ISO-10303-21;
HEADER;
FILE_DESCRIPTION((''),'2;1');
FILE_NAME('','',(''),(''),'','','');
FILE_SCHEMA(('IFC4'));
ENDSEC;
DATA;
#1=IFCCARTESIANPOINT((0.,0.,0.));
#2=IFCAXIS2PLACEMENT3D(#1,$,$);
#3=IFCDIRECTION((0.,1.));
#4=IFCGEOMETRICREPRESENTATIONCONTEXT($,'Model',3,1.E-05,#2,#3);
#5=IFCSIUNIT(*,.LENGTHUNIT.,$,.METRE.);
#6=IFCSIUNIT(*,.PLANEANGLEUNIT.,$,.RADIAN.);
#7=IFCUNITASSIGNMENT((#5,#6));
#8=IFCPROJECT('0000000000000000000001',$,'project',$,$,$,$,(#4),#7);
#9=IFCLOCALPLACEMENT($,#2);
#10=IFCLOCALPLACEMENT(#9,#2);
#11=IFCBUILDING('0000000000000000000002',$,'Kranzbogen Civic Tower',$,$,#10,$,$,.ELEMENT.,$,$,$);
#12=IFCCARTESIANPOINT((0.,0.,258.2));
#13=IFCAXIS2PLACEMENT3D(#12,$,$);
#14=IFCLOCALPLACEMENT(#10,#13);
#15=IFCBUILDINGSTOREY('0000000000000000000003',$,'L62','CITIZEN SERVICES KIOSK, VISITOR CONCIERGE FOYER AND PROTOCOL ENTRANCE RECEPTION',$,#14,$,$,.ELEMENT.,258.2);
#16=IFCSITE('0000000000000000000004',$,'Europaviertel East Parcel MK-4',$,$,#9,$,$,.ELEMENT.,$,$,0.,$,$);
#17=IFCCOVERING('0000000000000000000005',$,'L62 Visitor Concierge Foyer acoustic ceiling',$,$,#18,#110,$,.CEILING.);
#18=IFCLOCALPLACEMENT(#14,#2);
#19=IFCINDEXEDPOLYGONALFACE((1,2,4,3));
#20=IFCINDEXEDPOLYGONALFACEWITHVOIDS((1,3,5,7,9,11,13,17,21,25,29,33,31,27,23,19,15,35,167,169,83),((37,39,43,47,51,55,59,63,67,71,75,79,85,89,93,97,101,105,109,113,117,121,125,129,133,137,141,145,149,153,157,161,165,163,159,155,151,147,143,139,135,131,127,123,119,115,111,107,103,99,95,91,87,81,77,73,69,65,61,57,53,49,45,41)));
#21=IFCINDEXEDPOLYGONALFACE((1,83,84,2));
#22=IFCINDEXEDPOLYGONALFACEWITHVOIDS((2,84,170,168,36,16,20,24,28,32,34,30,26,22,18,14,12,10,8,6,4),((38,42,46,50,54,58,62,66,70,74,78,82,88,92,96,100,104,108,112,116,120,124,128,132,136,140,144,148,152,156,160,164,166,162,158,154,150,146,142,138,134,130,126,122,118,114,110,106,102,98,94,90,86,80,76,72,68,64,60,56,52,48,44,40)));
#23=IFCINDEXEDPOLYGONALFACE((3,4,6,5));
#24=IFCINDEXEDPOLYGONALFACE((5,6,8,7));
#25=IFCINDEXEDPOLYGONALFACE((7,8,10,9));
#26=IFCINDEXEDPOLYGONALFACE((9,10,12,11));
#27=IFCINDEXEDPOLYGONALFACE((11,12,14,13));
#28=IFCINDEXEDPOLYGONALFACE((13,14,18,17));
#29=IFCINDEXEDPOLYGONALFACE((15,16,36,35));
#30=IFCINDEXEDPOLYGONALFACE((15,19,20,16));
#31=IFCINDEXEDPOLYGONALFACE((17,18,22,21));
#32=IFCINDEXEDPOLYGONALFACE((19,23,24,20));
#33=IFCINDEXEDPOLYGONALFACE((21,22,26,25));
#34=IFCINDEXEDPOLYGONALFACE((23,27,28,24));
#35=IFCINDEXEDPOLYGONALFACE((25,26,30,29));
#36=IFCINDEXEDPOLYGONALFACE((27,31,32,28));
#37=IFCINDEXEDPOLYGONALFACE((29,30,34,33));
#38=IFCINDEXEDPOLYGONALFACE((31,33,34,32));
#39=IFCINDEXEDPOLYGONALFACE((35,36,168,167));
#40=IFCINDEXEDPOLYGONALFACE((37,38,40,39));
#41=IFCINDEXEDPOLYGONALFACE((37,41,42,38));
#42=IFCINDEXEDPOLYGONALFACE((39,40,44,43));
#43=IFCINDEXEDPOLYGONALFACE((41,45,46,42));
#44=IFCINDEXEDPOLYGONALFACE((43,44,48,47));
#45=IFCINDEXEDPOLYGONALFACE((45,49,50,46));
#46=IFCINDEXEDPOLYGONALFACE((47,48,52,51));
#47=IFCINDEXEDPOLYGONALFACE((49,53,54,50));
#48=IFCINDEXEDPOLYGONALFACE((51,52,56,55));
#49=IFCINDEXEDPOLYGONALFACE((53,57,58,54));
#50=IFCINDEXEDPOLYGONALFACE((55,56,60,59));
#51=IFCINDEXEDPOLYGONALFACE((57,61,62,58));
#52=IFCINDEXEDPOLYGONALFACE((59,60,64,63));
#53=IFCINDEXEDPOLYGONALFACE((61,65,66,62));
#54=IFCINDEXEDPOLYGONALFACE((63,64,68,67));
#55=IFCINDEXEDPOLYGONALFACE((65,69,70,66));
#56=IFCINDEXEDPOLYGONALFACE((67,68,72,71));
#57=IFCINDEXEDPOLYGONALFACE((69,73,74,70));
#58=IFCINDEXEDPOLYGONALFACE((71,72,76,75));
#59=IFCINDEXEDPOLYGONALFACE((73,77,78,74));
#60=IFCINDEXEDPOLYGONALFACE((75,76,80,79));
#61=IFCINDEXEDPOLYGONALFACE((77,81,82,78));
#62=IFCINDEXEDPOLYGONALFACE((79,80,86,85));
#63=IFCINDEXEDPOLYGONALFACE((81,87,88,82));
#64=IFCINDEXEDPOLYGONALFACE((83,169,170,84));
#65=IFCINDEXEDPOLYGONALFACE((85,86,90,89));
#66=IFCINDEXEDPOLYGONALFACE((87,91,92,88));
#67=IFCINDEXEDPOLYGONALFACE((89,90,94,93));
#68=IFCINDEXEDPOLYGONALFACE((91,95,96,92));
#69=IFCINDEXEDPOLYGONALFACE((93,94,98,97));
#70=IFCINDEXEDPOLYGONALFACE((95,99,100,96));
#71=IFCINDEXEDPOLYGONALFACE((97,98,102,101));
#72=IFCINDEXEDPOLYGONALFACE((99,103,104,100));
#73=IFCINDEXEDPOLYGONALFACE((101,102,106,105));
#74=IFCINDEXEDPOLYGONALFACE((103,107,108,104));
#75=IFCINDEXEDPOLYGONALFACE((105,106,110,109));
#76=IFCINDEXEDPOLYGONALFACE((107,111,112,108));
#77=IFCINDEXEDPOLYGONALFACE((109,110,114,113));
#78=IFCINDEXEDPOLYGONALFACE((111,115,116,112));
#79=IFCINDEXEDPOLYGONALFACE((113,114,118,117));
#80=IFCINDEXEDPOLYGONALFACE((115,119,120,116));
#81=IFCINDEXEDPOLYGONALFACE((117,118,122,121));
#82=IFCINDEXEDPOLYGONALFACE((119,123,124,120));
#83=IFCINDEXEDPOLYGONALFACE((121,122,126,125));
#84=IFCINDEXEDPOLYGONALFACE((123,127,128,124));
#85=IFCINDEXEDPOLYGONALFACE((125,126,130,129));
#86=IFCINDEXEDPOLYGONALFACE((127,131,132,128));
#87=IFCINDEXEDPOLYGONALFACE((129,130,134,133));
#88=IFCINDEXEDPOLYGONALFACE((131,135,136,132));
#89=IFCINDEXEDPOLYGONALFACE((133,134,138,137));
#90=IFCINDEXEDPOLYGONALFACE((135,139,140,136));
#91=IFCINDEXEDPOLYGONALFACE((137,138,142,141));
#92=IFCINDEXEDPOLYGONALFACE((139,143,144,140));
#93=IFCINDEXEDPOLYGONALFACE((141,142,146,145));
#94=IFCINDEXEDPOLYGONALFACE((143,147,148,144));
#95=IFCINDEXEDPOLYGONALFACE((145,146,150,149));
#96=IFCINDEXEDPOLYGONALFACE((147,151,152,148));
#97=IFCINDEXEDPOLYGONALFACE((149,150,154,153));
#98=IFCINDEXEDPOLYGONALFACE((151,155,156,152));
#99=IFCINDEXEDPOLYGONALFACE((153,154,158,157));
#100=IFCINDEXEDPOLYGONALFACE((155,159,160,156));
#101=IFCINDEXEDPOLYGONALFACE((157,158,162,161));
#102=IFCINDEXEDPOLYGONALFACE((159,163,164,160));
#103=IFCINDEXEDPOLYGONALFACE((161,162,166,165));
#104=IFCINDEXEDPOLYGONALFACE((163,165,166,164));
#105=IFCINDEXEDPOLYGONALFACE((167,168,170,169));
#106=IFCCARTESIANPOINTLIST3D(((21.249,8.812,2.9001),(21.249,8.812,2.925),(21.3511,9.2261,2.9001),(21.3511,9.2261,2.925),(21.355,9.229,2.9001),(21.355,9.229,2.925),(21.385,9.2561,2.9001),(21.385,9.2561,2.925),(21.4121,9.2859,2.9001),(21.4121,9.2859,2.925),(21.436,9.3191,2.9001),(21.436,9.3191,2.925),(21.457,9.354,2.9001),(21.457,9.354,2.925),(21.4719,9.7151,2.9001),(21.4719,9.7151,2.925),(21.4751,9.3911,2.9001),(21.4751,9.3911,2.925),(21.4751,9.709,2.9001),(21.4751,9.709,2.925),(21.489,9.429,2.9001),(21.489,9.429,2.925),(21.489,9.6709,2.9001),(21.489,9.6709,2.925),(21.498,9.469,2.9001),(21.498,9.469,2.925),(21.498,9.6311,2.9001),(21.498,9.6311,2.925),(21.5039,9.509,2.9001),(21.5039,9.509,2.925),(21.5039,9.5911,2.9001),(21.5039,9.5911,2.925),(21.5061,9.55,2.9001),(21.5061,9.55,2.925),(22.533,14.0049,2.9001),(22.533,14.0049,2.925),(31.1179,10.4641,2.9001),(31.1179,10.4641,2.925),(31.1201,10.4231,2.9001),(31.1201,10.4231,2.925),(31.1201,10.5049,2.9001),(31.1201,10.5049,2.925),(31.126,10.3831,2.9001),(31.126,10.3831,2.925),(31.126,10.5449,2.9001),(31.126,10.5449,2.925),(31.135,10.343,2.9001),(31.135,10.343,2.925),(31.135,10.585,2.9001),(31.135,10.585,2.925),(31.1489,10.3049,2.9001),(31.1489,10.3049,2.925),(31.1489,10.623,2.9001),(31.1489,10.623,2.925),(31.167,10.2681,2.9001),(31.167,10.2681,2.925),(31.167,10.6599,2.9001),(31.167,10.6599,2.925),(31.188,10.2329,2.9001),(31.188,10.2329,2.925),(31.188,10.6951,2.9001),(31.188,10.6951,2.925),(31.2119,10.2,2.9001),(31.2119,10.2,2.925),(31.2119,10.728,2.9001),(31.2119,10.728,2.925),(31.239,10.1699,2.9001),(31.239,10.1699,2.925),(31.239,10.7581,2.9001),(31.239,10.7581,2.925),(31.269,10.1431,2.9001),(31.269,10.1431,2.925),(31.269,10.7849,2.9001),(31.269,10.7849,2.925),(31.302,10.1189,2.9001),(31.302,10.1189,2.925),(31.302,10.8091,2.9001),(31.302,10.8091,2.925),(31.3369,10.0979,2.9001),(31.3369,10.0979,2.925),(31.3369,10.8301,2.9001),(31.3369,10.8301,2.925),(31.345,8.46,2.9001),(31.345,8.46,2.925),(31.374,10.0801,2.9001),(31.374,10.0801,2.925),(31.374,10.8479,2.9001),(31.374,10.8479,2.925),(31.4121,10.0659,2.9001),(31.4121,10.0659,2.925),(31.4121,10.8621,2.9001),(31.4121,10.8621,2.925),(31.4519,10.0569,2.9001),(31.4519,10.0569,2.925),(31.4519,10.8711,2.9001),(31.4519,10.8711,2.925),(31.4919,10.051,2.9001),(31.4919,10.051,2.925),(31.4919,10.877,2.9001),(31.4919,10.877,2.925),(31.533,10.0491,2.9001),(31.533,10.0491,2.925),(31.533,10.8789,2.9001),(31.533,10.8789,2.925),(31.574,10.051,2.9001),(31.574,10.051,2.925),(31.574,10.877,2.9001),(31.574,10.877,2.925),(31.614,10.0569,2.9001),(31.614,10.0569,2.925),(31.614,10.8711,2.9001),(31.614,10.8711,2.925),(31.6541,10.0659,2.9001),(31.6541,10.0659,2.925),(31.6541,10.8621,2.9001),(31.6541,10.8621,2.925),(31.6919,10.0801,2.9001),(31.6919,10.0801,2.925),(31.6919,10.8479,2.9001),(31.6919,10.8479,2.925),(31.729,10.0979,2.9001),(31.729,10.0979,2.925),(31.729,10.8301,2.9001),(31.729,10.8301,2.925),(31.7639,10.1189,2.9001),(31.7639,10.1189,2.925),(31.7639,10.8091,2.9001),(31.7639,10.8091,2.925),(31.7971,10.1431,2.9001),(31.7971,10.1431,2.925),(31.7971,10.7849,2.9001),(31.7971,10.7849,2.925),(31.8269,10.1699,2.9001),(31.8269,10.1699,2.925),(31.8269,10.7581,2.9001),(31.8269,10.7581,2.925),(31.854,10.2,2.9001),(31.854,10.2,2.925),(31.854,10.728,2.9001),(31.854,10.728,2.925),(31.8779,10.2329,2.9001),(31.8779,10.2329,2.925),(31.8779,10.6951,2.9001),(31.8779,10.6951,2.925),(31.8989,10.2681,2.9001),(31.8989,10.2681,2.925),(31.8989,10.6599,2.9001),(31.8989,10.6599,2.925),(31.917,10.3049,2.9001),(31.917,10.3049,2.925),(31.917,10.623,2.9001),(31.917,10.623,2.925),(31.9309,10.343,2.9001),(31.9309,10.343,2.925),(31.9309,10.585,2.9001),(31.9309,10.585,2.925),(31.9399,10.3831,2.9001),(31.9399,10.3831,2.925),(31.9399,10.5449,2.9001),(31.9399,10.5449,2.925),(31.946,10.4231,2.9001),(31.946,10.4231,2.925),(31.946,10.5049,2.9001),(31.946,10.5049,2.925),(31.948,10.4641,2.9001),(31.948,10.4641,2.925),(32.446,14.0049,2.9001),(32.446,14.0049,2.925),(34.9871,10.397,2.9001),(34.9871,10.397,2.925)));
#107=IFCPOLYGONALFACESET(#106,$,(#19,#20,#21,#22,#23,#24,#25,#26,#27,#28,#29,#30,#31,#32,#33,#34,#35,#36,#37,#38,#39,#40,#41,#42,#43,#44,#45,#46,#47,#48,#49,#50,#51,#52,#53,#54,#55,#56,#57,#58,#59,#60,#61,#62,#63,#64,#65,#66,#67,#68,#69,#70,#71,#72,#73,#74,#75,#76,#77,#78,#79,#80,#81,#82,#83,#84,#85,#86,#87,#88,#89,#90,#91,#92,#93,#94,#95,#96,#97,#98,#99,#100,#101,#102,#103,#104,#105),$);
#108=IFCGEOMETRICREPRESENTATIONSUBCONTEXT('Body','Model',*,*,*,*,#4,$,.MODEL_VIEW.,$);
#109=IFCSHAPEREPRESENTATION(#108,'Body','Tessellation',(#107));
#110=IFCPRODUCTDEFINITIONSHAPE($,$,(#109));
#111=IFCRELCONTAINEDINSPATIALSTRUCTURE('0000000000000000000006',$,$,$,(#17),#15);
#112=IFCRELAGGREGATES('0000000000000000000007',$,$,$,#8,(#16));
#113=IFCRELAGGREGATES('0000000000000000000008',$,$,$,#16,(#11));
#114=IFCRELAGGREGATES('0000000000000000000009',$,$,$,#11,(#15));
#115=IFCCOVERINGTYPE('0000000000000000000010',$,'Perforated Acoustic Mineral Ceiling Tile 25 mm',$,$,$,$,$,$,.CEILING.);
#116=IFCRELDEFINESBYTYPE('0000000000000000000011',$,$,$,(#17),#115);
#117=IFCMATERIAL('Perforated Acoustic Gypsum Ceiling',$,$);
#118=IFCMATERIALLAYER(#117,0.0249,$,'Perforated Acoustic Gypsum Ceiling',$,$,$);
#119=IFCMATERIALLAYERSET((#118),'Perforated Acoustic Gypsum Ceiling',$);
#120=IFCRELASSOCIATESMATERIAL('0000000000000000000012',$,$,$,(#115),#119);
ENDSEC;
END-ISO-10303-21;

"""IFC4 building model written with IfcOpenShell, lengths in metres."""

from ifc_helpers import new_model, si_unit, direction, frame, origin, place, context, subcontext, project, spatial, polyline, outline, extrude, material, layer, layer_set, type_object, element, save


model = new_model("IFC4")

# Units and contexts
model_context = context("Model", 3, precision=1e-05, world=origin(), true_north=direction((0.0, 1.0)))
body_context = subcontext(model_context, "Body", "Model", "MODEL_VIEW")
ifc_project = project(units=[si_unit("LENGTHUNIT", "METRE"), si_unit("PLANEANGLEUNIT", "RADIAN")], contexts=[model_context])

# Site, building, storey
site_placement = place(None, origin())
site = spatial("IfcSite", under=ifc_project, at=site_placement, Name="Europaviertel East Parcel MK-4", CompositionType="ELEMENT", RefElevation=0.0)
building_placement = place(site_placement, origin())
building = spatial("IfcBuilding", under=site, at=building_placement, Name="Kranzbogen Civic Tower", CompositionType="ELEMENT")
storey_placement = place(building_placement, frame((0.0, 0.0, 258.2)))
storey = spatial("IfcBuildingStorey", under=building, at=storey_placement, Name="L62", Description="CITIZEN SERVICES KIOSK, VISITOR CONCIERGE FOYER AND PROTOCOL ENTRANCE RECEPTION", CompositionType="ELEMENT", Elevation=258.2)

# Covering
ifc_material_1 = material(Name="Perforated Acoustic Gypsum Ceiling")
ifc_layer_1 = layer(ifc_material_1, 0.0249, Name="Perforated Acoustic Gypsum Ceiling")
ifc_layer_set_1 = layer_set([ifc_layer_1], Name="Perforated Acoustic Gypsum Ceiling")
covering_type = type_object("IfcCoveringType", Name="Perforated Acoustic Mineral Ceiling Tile 25 mm", PredefinedType="CEILING", material=ifc_layer_set_1)
covering_1_placement = place(storey_placement, frame((0.0, 0.0, 2.9001)))
element("IfcCovering", 1, at=covering_1_placement, inside=storey, type_object=covering_type, Name="L62 Visitor Concierge Foyer acoustic ceiling", PredefinedType="CEILING", context=body_context, shape_type="SweptSolid", body=[
    extrude(outline(polyline([(21.249, 8.812), (21.3511, 9.2261), (21.355, 9.229), (21.385, 9.2561), (21.4121, 9.2859), (21.436, 9.3191), (21.457, 9.354), (21.4751, 9.3911), (21.489, 9.429), (21.498, 9.469), (21.5039, 9.509), (21.5061, 9.55), (21.5039, 9.5911), (21.498, 9.6311), (21.489, 9.6709), (21.4751, 9.709), (21.4719, 9.7151), (22.533, 14.0049), (32.446, 14.0049), (34.9871, 10.397), (31.345, 8.46), (21.249, 8.812)]), holes=[polyline([(31.917, 10.3049), (31.8989, 10.2681), (31.8779, 10.2329), (31.854, 10.2), (31.8269, 10.1699), (31.7971, 10.1431), (31.7639, 10.1189), (31.729, 10.0979), (31.6919, 10.0801), (31.6541, 10.0659), (31.614, 10.0569), (31.574, 10.051), (31.533, 10.0491), (31.4919, 10.051), (31.4519, 10.0569), (31.4121, 10.0659), (31.374, 10.0801), (31.3369, 10.0979), (31.302, 10.1189), (31.269, 10.1431), (31.239, 10.1699), (31.2119, 10.2), (31.188, 10.2329), (31.167, 10.2681), (31.1489, 10.3049), (31.135, 10.343), (31.126, 10.3831), (31.1201, 10.4231), (31.1179, 10.4641), (31.1201, 10.5049), (31.126, 10.5449), (31.135, 10.585), (31.1489, 10.623), (31.167, 10.6599), (31.188, 10.6951), (31.2119, 10.728), (31.239, 10.7581), (31.269, 10.7849), (31.302, 10.8091), (31.3369, 10.8301), (31.374, 10.8479), (31.4121, 10.8621), (31.4519, 10.8711), (31.4919, 10.877), (31.533, 10.8789), (31.574, 10.877), (31.614, 10.8711), (31.6541, 10.8621), (31.6919, 10.8479), (31.729, 10.8301), (31.7639, 10.8091), (31.7971, 10.7849), (31.8269, 10.7581), (31.854, 10.728), (31.8779, 10.6951), (31.8989, 10.6599), (31.917, 10.623), (31.9309, 10.585), (31.9399, 10.5449), (31.946, 10.5049), (31.948, 10.4641), (31.946, 10.4231), (31.9399, 10.3831), (31.9309, 10.343), (31.917, 10.3049)])]), origin(), (0.0, 0.0, 1.0), 0.0249),
])

save(model, "model.ifc")
